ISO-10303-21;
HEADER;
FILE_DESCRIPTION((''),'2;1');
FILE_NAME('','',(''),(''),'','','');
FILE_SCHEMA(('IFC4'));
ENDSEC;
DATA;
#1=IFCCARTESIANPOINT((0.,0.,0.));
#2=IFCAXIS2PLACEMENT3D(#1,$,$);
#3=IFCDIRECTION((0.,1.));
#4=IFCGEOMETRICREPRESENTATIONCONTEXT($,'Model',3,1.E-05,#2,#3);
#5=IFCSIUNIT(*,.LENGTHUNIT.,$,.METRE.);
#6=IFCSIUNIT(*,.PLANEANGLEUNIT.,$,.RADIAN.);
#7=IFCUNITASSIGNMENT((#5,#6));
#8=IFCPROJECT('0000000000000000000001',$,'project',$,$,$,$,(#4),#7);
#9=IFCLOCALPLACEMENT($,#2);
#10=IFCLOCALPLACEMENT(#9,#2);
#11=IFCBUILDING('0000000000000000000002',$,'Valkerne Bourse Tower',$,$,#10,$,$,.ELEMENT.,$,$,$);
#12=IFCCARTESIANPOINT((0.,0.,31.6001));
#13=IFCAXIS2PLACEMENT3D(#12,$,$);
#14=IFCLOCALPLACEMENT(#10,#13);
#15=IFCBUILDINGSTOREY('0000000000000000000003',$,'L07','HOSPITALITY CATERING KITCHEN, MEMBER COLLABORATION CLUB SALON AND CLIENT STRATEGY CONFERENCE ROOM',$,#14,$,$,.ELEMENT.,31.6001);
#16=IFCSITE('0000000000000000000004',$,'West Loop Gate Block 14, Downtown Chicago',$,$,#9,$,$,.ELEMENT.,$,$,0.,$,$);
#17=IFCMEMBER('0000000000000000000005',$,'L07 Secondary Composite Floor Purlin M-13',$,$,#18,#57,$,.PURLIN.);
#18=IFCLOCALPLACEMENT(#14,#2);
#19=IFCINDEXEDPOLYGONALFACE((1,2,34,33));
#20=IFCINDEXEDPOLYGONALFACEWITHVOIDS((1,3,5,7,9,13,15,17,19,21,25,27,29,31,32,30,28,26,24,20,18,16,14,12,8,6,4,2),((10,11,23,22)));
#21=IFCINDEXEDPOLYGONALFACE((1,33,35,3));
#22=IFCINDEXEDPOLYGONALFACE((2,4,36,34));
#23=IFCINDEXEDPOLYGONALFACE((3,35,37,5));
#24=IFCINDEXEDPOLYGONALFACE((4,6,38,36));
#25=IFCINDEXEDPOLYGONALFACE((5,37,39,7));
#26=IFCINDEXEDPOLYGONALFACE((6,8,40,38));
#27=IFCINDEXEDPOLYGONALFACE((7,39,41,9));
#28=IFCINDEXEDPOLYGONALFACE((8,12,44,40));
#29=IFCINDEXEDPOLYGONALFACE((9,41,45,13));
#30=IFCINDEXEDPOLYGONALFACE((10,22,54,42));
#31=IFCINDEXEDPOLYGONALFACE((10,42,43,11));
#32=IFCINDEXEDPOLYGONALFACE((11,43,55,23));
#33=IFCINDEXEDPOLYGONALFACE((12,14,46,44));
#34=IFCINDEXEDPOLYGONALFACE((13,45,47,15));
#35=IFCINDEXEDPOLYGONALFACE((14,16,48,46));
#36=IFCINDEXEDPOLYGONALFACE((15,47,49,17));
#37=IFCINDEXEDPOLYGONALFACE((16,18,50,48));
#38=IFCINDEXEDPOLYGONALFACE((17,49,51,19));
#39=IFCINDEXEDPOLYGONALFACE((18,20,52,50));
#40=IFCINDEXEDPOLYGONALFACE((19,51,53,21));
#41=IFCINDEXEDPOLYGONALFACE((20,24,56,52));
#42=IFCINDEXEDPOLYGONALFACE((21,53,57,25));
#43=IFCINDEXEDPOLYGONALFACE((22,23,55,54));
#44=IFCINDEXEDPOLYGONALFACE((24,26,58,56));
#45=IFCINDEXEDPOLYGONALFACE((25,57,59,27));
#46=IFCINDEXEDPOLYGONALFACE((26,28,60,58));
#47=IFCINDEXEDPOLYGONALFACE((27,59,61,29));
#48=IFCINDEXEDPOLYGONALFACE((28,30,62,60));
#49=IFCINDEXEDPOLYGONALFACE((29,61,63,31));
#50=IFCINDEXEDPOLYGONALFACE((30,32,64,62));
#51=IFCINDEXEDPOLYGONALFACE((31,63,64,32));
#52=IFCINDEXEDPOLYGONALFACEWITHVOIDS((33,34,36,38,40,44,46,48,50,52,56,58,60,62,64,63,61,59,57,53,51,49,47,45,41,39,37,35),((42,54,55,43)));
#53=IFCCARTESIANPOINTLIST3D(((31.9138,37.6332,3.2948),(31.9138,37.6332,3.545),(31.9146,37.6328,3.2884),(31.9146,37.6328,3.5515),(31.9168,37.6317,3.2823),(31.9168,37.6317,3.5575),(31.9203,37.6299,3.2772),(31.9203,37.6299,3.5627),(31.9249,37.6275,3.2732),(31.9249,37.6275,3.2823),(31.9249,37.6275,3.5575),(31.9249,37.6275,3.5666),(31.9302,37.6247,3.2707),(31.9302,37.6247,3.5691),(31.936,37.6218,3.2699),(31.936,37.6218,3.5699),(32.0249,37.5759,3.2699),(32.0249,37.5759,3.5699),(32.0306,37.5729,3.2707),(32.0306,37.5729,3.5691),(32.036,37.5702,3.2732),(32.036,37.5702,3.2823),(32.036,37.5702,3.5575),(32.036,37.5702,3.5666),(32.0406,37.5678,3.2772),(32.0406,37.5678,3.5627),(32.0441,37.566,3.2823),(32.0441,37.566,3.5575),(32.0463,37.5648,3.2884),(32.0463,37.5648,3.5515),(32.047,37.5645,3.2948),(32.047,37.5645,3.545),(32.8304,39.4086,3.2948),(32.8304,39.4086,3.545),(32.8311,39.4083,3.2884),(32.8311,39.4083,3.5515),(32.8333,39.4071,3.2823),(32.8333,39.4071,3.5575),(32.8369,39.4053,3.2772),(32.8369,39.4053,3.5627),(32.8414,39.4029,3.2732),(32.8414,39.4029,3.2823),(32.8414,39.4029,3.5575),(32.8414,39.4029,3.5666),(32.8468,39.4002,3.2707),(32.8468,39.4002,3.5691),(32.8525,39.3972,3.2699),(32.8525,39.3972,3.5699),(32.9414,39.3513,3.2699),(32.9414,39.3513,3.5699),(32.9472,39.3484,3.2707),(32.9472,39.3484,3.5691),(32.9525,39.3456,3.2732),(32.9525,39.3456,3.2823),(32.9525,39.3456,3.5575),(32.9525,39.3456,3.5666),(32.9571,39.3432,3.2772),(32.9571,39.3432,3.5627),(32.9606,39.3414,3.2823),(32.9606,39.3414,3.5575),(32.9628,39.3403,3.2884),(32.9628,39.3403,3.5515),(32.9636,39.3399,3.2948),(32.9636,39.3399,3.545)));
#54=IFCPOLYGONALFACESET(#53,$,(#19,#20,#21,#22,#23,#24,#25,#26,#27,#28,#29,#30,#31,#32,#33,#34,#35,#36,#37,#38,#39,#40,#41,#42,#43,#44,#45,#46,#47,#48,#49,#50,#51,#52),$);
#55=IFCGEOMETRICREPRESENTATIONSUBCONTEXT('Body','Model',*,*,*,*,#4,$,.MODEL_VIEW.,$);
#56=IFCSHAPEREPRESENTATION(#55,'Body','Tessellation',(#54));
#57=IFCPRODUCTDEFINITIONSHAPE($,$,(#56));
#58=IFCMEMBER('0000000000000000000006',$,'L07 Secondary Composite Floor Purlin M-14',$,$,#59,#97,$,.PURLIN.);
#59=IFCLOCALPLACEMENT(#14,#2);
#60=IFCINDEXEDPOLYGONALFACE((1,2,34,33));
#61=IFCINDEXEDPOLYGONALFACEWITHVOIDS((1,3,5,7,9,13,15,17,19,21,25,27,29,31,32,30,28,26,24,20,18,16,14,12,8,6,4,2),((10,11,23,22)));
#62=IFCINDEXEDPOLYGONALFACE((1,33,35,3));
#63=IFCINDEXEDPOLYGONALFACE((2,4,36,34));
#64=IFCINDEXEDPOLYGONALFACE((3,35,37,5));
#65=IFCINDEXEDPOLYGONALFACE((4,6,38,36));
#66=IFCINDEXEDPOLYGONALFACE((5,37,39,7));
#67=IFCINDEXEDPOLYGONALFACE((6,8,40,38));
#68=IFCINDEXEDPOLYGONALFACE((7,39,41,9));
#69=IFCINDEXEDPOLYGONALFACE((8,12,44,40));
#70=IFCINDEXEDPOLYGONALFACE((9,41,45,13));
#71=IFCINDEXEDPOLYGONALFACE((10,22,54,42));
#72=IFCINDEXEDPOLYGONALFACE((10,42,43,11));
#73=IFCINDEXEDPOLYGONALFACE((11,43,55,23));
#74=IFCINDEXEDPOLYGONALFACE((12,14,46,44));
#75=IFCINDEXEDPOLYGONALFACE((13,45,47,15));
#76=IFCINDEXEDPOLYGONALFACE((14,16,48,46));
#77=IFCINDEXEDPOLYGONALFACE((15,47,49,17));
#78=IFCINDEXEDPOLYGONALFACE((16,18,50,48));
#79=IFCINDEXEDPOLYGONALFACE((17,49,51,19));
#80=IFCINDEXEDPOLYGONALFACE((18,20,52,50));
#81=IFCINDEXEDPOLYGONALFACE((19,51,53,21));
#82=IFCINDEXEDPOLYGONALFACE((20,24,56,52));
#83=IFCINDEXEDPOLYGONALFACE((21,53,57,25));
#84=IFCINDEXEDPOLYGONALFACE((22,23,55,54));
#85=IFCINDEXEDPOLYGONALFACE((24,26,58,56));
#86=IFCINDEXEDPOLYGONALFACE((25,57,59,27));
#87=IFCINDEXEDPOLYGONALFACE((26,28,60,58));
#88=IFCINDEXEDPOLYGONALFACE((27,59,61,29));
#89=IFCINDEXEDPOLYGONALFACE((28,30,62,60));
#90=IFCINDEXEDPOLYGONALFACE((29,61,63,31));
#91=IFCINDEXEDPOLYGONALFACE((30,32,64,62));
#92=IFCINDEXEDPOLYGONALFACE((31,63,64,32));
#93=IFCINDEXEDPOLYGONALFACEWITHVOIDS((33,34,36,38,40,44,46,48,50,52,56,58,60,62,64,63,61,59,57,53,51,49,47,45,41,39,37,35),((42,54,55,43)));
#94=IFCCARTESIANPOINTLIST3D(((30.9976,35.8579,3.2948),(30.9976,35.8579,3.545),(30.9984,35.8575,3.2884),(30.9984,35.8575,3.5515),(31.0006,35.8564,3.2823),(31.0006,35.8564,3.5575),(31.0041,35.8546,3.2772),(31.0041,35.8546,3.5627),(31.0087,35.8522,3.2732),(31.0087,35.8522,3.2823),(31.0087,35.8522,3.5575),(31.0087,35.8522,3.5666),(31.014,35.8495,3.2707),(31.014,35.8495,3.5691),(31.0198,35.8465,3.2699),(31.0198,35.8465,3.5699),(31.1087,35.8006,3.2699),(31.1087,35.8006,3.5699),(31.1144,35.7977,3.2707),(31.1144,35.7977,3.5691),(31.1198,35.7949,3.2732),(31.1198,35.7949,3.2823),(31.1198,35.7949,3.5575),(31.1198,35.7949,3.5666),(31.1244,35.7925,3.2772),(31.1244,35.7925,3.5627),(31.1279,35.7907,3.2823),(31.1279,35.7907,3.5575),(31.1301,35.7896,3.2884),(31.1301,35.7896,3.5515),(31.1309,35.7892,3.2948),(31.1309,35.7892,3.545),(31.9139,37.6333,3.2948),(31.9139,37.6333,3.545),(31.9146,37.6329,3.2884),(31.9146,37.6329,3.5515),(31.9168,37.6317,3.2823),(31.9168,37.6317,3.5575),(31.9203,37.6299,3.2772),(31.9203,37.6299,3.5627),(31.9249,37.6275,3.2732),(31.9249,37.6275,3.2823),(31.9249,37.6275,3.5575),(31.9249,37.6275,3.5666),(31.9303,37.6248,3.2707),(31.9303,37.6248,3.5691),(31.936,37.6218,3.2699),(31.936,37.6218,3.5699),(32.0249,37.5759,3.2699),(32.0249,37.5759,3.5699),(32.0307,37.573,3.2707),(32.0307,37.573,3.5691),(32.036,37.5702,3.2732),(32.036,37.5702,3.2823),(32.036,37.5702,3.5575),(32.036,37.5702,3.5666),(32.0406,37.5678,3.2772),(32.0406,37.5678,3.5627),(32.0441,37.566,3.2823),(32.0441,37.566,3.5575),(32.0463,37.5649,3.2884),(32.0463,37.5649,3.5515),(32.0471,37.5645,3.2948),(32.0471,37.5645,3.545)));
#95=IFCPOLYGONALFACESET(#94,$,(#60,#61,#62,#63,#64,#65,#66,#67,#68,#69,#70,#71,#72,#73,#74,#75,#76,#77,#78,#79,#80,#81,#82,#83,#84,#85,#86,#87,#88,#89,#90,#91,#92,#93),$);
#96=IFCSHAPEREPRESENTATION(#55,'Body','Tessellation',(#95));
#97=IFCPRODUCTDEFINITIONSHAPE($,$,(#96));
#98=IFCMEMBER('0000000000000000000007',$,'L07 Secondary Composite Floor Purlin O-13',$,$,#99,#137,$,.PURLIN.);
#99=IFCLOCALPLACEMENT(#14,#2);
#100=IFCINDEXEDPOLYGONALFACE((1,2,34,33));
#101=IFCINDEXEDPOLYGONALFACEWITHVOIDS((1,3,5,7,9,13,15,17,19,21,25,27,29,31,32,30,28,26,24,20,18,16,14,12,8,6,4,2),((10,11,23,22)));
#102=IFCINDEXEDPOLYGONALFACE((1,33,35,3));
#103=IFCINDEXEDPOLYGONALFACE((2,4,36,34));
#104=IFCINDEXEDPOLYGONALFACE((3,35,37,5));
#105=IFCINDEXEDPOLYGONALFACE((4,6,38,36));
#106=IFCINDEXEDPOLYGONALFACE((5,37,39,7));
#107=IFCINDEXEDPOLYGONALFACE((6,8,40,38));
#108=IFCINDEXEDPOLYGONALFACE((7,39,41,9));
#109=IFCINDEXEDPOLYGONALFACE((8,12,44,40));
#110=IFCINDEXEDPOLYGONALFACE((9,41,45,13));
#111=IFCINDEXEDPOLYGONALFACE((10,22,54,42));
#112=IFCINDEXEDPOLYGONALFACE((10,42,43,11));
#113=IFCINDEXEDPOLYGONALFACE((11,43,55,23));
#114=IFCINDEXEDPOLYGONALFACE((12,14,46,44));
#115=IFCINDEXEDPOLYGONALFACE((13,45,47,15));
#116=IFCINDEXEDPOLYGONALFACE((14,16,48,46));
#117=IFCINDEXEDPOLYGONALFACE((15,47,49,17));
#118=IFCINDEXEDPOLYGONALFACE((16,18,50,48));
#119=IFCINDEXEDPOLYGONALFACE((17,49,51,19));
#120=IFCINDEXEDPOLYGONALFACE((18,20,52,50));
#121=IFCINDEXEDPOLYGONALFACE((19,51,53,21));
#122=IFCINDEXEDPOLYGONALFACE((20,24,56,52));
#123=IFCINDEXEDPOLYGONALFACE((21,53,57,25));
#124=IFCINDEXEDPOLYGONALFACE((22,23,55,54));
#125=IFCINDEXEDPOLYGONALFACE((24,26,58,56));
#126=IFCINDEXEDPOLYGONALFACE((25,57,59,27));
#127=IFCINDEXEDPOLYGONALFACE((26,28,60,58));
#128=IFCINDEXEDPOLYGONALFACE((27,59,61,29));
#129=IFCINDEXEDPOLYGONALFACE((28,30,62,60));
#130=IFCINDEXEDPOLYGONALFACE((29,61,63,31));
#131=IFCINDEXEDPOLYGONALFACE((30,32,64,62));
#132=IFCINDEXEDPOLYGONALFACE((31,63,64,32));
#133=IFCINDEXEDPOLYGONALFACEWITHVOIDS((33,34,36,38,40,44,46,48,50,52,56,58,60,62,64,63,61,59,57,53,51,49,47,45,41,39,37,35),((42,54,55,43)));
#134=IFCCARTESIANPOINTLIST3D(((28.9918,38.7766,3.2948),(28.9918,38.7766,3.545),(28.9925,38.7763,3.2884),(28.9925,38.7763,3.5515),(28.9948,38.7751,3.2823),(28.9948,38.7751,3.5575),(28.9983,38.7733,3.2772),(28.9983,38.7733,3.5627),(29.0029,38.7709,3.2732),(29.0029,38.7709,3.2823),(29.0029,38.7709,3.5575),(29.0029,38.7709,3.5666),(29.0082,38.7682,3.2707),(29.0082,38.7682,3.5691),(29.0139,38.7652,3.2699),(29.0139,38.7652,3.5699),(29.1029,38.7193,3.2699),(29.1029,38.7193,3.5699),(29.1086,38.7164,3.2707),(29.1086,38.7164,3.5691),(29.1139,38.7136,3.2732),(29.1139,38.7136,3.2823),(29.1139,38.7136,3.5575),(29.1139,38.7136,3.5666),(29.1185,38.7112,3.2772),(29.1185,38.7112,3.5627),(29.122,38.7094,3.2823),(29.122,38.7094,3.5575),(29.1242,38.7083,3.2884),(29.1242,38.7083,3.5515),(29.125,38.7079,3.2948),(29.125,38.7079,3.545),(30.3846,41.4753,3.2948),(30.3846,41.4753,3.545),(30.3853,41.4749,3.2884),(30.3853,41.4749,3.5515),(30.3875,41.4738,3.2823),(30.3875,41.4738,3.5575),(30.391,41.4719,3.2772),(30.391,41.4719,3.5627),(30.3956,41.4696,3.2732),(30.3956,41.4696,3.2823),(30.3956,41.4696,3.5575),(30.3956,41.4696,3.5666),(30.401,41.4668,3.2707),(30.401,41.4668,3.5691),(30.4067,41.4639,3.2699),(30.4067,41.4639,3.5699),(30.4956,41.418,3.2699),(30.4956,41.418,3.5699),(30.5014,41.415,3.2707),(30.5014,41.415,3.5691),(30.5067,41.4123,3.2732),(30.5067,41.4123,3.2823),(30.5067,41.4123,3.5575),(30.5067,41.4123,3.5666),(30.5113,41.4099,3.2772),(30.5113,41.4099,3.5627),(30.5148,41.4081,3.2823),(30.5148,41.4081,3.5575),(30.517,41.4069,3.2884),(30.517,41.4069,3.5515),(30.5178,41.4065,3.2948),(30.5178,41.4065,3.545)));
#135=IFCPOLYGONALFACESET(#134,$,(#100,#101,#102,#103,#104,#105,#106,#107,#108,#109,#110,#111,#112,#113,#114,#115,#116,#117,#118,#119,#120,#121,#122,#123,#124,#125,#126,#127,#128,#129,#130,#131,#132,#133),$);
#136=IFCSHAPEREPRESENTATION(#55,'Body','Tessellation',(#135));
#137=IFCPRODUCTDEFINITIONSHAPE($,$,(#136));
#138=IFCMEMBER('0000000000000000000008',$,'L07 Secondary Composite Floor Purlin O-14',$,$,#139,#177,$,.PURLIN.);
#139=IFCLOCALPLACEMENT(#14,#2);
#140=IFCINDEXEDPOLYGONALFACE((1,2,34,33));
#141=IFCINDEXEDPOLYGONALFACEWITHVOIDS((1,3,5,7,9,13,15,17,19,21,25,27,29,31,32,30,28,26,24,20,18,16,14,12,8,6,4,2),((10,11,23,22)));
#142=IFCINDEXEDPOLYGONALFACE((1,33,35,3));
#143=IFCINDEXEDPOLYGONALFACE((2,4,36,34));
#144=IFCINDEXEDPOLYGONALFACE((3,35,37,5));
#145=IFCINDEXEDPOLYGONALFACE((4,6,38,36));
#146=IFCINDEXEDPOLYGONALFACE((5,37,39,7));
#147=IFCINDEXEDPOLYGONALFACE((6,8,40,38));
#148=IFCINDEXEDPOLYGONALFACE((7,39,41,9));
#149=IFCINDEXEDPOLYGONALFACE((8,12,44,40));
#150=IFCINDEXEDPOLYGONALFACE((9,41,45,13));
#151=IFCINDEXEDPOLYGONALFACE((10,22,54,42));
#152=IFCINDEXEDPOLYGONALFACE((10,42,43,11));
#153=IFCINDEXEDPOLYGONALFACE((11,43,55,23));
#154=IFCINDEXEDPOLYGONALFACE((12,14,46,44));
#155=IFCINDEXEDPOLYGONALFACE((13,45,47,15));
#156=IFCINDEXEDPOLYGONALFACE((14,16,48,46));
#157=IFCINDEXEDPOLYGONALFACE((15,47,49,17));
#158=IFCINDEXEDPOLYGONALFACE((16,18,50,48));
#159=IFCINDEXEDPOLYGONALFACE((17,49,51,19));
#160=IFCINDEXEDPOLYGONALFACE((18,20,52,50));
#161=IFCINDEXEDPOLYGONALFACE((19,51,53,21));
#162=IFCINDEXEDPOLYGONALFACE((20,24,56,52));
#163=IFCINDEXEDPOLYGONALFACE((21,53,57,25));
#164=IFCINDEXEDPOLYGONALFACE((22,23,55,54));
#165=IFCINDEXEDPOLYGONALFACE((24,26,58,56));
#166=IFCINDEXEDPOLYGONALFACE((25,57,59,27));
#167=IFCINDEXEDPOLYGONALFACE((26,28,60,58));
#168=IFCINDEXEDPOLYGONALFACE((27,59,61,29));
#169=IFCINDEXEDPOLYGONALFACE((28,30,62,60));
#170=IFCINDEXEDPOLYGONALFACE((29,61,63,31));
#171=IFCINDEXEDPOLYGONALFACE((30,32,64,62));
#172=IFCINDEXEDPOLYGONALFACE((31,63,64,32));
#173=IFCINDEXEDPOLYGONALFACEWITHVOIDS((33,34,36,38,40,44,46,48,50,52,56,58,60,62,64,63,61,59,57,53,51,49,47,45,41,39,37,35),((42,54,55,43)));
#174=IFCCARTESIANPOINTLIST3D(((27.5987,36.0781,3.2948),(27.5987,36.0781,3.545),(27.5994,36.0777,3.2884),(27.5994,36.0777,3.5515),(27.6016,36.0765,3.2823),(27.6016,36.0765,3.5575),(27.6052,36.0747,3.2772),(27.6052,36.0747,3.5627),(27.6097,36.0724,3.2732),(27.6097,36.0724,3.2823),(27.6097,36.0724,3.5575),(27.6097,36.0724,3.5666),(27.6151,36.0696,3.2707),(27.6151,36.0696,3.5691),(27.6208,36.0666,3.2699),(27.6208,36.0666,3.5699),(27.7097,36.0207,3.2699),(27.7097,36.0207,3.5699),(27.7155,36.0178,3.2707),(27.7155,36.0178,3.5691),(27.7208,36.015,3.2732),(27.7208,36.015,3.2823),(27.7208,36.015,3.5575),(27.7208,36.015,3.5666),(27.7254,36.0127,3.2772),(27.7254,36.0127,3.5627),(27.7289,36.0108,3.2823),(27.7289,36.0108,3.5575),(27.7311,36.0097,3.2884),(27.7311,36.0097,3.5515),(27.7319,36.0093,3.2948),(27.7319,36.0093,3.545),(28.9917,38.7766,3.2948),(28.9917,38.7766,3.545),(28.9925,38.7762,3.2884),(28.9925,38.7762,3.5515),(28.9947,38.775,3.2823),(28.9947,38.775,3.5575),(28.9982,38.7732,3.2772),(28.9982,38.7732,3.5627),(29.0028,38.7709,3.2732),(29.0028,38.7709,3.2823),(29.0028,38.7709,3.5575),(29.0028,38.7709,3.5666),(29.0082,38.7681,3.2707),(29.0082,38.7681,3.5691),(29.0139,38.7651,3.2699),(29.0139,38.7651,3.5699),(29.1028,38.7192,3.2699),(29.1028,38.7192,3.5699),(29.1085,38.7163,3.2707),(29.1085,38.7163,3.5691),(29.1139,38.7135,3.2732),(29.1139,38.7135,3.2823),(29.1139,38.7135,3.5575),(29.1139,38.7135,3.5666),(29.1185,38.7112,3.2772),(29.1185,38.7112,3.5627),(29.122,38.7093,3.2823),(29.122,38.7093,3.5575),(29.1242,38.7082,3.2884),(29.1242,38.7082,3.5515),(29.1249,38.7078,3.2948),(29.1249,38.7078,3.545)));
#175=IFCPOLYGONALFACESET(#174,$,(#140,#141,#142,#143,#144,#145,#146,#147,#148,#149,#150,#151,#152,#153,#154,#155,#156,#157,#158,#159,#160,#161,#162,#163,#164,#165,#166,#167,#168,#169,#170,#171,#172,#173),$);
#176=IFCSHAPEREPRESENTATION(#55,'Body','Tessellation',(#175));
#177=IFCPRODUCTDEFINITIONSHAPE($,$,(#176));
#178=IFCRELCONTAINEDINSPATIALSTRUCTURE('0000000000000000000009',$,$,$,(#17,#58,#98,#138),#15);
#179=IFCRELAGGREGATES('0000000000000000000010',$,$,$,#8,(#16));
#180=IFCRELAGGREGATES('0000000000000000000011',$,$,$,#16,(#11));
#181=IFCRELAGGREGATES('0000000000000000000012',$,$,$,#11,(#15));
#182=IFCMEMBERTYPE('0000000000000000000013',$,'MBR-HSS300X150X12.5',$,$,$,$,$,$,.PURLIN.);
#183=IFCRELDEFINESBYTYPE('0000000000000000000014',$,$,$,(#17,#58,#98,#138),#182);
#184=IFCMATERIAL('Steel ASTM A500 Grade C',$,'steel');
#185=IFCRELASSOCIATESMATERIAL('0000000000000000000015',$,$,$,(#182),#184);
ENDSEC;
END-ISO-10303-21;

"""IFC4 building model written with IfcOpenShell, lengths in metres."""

from ifc_helpers import new_model, si_unit, direction, frame, origin, origin_2d, place, context, subcontext, project, spatial, hollow_rectangle, extrude, material, material_profile, profile_set, type_object, element, save


model = new_model("IFC4")

# Units and contexts
model_context = context("Model", 3, precision=1e-05, world=origin(), true_north=direction((0.0, 1.0)))
body_context = subcontext(model_context, "Body", "Model", "MODEL_VIEW")
ifc_project = project(units=[si_unit("LENGTHUNIT", "METRE"), si_unit("PLANEANGLEUNIT", "RADIAN")], contexts=[model_context])

# Site, building, storey
site_placement = place(None, origin())
site = spatial("IfcSite", under=ifc_project, at=site_placement, Name="West Loop Gate Block 14, Downtown Chicago", CompositionType="ELEMENT", RefElevation=0.0)
building_placement = place(site_placement, origin())
building = spatial("IfcBuilding", under=site, at=building_placement, Name="Valkerne Bourse Tower", CompositionType="ELEMENT")
storey_placement = place(building_placement, frame((0.0, 0.0, 31.6001)))
storey = spatial("IfcBuildingStorey", under=building, at=storey_placement, Name="L07", Description="HOSPITALITY CATERING KITCHEN, MEMBER COLLABORATION CLUB SALON AND CLIENT STRATEGY CONFERENCE ROOM", CompositionType="ELEMENT", Elevation=31.6001)

# Members
ifc_material_1 = material(Name="Steel ASTM A500 Grade C", Category="steel")
ifc_material_profile_1 = material_profile(ifc_material_1, hollow_rectangle(XDim=0.1499, YDim=0.3, WallThickness=0.0125, OuterFilletRadius=0.0249, at=origin_2d()), Name="HSS300X150X12.5")
ifc_profile_set_1 = profile_set([ifc_material_profile_1], Name="Steel ASTM A500 Grade C")
member_type_1 = type_object("IfcMemberType", Name="MBR-HSS300X150X12.5", PredefinedType="PURLIN", material=ifc_profile_set_1)
for number, where, z_axis, x_axis, name in (
    (1, (32.897, 39.3743, 3.4199), (-0.458711, -0.888585, 0.0), (0.888585, -0.458711, 0.0), "L07 Secondary Composite Floor Purlin M-13"),
):
    element("IfcMember", number, at=place(storey_placement, frame(where, z_axis=z_axis, x_axis=x_axis)), inside=storey, type_object=member_type_1, Name=name, PredefinedType="PURLIN", context=body_context, shape_type="SweptSolid", body=[
        extrude(hollow_rectangle(XDim=0.1499, YDim=0.3, WallThickness=0.0125, OuterFilletRadius=0.0249, at=origin_2d()), origin(), (0.0, 0.0, 1.0), 1.998),
    ])
member_1_placement = place(storey_placement, frame((31.9805, 37.5989, 3.4199), z_axis=(-0.458615, -0.888635, 0.0), x_axis=(0.888635, -0.458615, 0.0)))
element("IfcMember", 2, at=member_1_placement, inside=storey, type_object=member_type_1, Name="L07 Secondary Composite Floor Purlin M-14", PredefinedType="PURLIN", context=body_context, shape_type="SweptSolid", body=[
    extrude(hollow_rectangle(XDim=0.1499, YDim=0.3, WallThickness=0.0125, OuterFilletRadius=0.0249, at=origin_2d()), origin(), (0.0, 0.0, 1.0), 1.9978),
])
for number, where, z_axis, x_axis, name in (
    (3, (30.4512, 41.4409, 3.4199), (-0.458624, -0.88863, 0.0), (0.88863, -0.458624, 0.0), "L07 Secondary Composite Floor Purlin O-13"),
    (4, (29.0583, 38.7422, 3.4199), (-0.458721, -0.88858, 0.0), (0.88858, -0.458721, 0.0), "L07 Secondary Composite Floor Purlin O-14"),
):
    element("IfcMember", number, at=place(storey_placement, frame(where, z_axis=z_axis, x_axis=x_axis)), inside=storey, type_object=member_type_1, Name=name, PredefinedType="PURLIN", context=body_context, shape_type="SweptSolid", body=[
        extrude(hollow_rectangle(XDim=0.1499, YDim=0.3, WallThickness=0.0125, OuterFilletRadius=0.0249, at=origin_2d()), origin(), (0.0, 0.0, 1.0), 3.0369),
    ])

save(model, "model.ifc")
